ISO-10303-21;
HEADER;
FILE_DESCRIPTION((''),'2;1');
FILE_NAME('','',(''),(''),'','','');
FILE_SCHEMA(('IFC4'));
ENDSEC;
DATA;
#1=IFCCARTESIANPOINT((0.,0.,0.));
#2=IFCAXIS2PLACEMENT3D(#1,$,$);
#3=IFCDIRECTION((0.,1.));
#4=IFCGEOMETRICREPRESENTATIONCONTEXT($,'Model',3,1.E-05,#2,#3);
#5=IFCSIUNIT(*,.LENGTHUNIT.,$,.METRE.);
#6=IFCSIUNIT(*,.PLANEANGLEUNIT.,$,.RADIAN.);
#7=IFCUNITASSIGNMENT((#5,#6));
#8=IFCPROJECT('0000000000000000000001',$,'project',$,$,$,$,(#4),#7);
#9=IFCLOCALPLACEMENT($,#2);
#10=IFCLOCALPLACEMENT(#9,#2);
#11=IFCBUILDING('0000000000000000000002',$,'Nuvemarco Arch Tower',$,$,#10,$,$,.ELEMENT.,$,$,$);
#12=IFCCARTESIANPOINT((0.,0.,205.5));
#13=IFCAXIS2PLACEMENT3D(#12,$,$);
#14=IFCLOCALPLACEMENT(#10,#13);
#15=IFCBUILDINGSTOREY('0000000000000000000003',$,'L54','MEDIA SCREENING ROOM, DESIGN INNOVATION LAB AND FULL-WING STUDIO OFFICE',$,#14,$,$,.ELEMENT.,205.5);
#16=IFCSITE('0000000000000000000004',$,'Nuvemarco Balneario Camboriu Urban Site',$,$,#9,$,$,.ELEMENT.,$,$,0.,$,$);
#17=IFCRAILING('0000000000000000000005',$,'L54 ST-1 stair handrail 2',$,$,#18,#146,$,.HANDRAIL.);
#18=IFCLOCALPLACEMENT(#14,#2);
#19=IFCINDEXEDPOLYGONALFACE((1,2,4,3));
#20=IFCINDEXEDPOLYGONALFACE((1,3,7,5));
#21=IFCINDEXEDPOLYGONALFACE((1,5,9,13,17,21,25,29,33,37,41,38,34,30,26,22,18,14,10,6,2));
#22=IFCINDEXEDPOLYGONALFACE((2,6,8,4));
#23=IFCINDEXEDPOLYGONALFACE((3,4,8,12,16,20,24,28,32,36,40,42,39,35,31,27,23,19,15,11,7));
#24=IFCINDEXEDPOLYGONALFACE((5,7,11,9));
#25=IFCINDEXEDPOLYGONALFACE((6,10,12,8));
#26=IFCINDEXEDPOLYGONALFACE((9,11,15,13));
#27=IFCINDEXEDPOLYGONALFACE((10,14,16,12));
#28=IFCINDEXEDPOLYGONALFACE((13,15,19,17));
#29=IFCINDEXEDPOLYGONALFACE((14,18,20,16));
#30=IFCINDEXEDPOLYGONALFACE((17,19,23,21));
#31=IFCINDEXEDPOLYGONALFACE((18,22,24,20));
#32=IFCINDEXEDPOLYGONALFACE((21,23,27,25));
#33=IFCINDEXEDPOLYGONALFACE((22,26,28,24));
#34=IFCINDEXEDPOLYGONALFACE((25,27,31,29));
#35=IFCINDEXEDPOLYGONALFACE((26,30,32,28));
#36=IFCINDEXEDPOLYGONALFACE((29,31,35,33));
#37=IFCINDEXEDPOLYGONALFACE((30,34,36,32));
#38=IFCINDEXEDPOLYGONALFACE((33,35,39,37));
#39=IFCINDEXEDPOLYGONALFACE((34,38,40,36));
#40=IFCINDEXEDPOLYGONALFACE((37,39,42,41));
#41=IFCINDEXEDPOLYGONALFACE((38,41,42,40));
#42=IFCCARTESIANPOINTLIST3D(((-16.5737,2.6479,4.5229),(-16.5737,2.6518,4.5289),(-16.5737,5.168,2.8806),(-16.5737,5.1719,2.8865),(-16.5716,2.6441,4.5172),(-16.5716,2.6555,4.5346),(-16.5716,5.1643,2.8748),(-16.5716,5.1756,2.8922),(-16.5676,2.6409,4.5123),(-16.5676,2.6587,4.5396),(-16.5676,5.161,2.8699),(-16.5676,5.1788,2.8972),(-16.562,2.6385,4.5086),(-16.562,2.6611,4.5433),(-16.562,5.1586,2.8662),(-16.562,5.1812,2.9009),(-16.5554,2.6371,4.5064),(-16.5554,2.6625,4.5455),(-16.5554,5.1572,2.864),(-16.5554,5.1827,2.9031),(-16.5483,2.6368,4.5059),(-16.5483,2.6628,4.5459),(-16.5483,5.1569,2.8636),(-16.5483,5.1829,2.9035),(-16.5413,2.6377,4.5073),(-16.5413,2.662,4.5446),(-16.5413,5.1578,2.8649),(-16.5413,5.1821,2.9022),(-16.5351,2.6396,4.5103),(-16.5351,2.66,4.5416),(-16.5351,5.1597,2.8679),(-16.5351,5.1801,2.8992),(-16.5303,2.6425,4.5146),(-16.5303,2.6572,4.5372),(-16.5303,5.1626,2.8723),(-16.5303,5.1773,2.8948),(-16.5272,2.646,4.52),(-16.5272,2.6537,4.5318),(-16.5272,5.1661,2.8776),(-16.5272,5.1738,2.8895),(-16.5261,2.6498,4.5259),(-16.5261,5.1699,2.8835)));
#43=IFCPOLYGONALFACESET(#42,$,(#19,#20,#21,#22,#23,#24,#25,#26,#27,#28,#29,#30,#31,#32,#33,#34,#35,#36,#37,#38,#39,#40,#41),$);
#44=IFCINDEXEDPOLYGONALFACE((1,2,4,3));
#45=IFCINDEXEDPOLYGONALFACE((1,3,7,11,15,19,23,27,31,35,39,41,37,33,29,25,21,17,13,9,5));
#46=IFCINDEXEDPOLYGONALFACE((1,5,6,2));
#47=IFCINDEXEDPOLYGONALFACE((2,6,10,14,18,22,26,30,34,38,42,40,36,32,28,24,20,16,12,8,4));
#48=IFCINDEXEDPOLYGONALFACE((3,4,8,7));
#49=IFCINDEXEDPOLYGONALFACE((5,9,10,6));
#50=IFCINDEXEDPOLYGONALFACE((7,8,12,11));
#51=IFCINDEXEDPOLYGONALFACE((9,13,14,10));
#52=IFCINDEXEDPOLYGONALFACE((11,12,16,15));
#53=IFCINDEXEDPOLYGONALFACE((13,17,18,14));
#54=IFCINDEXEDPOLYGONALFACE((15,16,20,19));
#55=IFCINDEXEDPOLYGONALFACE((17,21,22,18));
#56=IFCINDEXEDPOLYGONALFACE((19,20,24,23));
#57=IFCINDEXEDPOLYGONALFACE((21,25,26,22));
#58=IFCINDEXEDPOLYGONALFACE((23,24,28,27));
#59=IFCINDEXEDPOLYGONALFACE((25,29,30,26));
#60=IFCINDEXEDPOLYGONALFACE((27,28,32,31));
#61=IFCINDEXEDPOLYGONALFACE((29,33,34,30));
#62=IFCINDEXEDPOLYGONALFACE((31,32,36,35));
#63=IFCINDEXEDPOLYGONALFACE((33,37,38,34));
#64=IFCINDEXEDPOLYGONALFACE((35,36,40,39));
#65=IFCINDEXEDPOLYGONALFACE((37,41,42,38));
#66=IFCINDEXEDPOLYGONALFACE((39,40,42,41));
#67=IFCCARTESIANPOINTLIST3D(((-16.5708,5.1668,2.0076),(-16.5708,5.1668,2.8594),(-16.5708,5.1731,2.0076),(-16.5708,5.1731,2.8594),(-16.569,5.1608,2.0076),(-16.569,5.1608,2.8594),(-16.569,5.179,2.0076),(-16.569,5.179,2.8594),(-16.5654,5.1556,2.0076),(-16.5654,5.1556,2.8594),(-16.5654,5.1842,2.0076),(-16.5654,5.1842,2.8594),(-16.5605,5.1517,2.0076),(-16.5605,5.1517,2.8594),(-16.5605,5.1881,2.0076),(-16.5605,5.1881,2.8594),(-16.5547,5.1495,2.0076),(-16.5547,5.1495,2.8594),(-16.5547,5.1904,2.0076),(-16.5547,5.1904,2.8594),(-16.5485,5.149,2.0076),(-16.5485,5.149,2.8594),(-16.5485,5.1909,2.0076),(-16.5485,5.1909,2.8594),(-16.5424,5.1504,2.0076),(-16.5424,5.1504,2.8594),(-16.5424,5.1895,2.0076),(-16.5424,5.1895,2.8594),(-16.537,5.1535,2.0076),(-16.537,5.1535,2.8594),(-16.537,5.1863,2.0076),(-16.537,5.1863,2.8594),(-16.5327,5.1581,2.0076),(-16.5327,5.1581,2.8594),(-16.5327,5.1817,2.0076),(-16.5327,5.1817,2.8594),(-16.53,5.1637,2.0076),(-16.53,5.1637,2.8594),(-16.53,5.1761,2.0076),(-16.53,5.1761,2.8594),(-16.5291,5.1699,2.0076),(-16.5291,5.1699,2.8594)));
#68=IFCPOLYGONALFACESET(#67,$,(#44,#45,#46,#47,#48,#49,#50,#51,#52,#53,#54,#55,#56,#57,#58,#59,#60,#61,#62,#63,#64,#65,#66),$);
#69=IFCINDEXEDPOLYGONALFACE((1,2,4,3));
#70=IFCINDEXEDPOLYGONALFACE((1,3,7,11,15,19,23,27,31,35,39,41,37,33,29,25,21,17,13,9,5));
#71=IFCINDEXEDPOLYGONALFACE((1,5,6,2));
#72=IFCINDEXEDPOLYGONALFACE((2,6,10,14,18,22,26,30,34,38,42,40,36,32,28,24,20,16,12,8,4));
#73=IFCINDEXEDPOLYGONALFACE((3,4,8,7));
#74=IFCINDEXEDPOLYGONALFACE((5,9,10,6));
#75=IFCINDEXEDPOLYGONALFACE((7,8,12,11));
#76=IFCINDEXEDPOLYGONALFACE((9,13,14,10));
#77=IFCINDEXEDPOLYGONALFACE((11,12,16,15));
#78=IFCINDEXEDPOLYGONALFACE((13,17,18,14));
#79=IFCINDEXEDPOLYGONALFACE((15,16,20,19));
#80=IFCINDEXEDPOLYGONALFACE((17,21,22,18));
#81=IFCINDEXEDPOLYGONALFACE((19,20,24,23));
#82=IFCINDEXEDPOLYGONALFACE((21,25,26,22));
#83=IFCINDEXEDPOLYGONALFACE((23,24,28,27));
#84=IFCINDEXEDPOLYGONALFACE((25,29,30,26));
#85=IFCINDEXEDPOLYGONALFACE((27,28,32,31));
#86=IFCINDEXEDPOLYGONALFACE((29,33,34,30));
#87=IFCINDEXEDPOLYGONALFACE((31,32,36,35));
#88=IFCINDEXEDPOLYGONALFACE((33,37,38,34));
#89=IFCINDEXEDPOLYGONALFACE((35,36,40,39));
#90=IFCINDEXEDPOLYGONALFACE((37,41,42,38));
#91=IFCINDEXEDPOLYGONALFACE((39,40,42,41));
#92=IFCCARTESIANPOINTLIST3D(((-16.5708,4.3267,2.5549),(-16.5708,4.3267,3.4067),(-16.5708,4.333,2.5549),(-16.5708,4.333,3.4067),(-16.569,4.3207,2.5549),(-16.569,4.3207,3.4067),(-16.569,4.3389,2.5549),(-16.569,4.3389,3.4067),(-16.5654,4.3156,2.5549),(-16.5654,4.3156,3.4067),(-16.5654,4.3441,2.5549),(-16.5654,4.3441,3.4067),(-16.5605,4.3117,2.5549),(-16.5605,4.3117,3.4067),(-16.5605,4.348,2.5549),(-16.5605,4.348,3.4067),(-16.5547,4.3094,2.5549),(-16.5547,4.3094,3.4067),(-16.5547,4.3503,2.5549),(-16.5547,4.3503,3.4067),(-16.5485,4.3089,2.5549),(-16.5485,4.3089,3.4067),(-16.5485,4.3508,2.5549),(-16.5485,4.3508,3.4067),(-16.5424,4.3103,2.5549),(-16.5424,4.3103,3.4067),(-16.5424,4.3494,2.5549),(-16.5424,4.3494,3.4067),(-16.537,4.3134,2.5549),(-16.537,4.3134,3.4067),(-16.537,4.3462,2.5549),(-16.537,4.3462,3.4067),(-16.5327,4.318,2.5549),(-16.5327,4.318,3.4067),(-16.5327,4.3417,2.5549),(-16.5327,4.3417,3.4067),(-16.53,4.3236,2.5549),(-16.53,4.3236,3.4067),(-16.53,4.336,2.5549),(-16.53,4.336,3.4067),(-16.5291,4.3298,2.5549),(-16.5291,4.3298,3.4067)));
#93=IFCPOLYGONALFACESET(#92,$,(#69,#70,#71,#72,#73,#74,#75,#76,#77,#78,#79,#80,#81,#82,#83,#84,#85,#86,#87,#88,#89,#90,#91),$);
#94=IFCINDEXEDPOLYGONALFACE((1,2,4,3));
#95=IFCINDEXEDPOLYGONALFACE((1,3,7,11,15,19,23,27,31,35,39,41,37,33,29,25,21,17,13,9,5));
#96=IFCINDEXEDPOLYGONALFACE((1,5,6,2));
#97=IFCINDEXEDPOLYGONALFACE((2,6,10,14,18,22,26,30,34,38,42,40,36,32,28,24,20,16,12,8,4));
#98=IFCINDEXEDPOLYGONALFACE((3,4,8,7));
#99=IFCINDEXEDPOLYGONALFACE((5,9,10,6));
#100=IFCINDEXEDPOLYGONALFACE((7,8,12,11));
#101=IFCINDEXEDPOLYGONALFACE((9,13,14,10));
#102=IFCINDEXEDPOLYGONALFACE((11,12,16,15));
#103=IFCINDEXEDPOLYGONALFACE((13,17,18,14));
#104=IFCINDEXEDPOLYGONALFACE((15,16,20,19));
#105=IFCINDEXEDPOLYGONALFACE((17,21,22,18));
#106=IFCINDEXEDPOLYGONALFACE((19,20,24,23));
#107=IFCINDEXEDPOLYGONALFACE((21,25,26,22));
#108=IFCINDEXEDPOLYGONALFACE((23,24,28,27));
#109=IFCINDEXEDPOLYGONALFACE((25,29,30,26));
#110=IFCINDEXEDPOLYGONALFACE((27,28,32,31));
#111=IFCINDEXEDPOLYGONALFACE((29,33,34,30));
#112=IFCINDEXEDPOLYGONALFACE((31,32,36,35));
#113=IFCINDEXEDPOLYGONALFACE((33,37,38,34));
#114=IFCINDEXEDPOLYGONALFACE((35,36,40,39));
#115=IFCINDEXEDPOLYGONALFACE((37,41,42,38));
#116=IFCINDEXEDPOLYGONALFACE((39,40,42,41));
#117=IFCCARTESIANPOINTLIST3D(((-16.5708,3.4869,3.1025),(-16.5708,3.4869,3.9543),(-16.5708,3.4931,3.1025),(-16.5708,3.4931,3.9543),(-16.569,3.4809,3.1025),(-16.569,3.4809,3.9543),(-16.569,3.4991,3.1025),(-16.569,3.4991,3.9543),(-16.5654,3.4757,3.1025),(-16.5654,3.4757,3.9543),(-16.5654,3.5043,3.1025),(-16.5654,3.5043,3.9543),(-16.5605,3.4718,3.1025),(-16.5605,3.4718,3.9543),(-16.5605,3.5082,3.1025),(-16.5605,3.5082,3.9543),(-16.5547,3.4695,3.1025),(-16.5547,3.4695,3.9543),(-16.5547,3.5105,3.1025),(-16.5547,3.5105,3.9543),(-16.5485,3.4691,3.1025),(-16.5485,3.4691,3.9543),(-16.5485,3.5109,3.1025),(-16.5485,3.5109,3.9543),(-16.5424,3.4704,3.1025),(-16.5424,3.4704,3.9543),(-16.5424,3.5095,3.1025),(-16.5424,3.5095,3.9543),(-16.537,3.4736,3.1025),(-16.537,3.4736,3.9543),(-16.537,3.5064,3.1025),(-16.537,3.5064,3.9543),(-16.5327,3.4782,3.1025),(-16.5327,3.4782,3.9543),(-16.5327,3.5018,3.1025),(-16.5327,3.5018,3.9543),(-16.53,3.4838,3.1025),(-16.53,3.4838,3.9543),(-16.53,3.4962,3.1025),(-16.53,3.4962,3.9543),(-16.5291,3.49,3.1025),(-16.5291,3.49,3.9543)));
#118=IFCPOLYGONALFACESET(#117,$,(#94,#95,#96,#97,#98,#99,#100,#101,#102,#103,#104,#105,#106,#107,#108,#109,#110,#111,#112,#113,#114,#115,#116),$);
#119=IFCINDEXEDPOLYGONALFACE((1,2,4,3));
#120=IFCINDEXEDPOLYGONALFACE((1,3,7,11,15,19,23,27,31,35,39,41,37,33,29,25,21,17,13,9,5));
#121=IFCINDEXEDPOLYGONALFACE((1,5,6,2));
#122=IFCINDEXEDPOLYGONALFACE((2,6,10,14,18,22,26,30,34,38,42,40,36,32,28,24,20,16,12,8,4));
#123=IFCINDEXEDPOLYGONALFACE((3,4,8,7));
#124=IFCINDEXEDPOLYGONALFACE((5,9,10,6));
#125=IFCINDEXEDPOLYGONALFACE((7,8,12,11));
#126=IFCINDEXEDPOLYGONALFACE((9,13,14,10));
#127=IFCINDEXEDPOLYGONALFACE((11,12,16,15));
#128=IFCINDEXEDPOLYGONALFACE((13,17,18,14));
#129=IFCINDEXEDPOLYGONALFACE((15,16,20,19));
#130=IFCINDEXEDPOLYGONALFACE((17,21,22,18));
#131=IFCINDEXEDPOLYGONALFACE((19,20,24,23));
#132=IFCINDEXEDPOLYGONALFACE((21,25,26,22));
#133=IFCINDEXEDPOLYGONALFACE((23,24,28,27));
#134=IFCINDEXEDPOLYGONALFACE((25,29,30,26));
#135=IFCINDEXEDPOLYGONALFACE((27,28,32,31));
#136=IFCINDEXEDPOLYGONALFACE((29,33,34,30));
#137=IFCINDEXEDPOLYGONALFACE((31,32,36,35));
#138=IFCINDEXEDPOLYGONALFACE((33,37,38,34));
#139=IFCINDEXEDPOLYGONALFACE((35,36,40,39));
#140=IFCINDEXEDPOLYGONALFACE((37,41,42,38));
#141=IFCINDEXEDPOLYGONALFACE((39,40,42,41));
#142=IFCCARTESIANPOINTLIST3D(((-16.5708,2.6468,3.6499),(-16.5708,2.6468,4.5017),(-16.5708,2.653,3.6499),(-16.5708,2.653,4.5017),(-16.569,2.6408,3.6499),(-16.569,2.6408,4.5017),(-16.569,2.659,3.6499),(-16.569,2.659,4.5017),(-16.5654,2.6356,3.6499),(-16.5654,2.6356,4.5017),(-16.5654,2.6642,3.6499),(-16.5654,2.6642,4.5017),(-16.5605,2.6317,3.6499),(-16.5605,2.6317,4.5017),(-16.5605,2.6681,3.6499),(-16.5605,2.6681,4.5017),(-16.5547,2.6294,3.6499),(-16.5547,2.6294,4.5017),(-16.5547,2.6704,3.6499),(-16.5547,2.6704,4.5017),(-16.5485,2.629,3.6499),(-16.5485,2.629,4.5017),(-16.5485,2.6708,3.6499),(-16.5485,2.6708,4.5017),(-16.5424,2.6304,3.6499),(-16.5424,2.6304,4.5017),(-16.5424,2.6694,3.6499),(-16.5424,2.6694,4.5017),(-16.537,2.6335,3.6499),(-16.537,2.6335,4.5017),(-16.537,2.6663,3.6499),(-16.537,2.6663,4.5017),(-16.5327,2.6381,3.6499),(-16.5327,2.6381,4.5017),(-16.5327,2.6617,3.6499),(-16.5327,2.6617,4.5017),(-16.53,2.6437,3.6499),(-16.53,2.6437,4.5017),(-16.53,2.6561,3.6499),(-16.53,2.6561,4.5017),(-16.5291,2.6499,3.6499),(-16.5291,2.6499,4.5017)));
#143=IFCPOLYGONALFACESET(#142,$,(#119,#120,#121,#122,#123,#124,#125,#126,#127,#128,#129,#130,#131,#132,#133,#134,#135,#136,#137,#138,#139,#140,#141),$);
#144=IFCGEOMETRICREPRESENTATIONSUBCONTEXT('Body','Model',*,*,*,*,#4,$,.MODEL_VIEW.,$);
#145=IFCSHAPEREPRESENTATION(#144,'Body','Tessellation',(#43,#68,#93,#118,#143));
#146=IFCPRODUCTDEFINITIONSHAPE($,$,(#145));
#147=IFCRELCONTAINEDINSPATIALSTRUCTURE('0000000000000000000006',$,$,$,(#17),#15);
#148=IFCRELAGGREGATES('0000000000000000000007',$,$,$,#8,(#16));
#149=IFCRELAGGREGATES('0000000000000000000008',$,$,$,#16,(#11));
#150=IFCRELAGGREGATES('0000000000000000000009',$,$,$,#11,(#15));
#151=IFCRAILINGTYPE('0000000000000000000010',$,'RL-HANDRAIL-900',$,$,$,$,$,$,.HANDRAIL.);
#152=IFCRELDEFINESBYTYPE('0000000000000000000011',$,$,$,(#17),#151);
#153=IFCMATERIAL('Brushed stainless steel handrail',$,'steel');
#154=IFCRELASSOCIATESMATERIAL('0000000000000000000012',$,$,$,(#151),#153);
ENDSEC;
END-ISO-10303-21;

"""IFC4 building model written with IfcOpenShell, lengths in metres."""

from ifc_helpers import new_model, si_unit, direction, frame, origin, origin_2d, place, context, subcontext, project, spatial, circle, extrude, material, type_object, element, save


model = new_model("IFC4")

# Units and contexts
model_context = context("Model", 3, precision=1e-05, world=origin(), true_north=direction((0.0, 1.0)))
body_context = subcontext(model_context, "Body", "Model", "MODEL_VIEW")
ifc_project = project(units=[si_unit("LENGTHUNIT", "METRE"), si_unit("PLANEANGLEUNIT", "RADIAN")], contexts=[model_context])

# Site, building, storey
site_placement = place(None, origin())
site = spatial("IfcSite", under=ifc_project, at=site_placement, Name="Nuvemarco Balneario Camboriu Urban Site", CompositionType="ELEMENT", RefElevation=0.0)
building_placement = place(site_placement, origin())
building = spatial("IfcBuilding", under=site, at=building_placement, Name="Nuvemarco Arch Tower", CompositionType="ELEMENT")
storey_placement = place(building_placement, frame((0.0, 0.0, 205.5)))
storey = spatial("IfcBuildingStorey", under=building, at=storey_placement, Name="L54", Description="MEDIA SCREENING ROOM, DESIGN INNOVATION LAB AND FULL-WING STUDIO OFFICE", CompositionType="ELEMENT", Elevation=205.5)

# Railing
ifc_material_1 = material(Name="Brushed stainless steel handrail", Category="steel")
railing_type_1 = type_object("IfcRailingType", Name="RL-HANDRAIL-900", PredefinedType="HANDRAIL", material=ifc_material_1)
railing_1_placement = place(storey_placement, frame((-16.55, 5.1699, 2.0076)))
element("IfcRailing", 1, at=railing_1_placement, inside=storey, type_object=railing_type_1, Name="L54 ST-1 stair handrail 2", PredefinedType="HANDRAIL", context=body_context, shape_type="SweptSolid", body=[
    extrude(circle(Radius=0.0239, at=origin_2d()), frame((0.0, 0.0, 0.876), z_axis=(0.0, -0.837787, 0.545998), x_axis=(1.0, 0.0, 0.0)), (0.0, 0.0, 1.0), 3.0081),
    extrude(circle(Radius=0.021, at=origin_2d()), origin(), (0.0, 0.0, 1.0), 0.8518),
    extrude(circle(Radius=0.021, at=origin_2d()), frame((0.0, -0.8401, 0.5474)), (0.0, 0.0, 1.0), 0.8518),
    extrude(circle(Radius=0.021, at=origin_2d()), frame((0.0, -1.6799, 1.095)), (0.0, 0.0, 1.0), 0.8518),
    extrude(circle(Radius=0.021, at=origin_2d()), frame((0.0, -2.52, 1.6423)), (0.0, 0.0, 1.0), 0.8518),
])

save(model, "model.ifc")
